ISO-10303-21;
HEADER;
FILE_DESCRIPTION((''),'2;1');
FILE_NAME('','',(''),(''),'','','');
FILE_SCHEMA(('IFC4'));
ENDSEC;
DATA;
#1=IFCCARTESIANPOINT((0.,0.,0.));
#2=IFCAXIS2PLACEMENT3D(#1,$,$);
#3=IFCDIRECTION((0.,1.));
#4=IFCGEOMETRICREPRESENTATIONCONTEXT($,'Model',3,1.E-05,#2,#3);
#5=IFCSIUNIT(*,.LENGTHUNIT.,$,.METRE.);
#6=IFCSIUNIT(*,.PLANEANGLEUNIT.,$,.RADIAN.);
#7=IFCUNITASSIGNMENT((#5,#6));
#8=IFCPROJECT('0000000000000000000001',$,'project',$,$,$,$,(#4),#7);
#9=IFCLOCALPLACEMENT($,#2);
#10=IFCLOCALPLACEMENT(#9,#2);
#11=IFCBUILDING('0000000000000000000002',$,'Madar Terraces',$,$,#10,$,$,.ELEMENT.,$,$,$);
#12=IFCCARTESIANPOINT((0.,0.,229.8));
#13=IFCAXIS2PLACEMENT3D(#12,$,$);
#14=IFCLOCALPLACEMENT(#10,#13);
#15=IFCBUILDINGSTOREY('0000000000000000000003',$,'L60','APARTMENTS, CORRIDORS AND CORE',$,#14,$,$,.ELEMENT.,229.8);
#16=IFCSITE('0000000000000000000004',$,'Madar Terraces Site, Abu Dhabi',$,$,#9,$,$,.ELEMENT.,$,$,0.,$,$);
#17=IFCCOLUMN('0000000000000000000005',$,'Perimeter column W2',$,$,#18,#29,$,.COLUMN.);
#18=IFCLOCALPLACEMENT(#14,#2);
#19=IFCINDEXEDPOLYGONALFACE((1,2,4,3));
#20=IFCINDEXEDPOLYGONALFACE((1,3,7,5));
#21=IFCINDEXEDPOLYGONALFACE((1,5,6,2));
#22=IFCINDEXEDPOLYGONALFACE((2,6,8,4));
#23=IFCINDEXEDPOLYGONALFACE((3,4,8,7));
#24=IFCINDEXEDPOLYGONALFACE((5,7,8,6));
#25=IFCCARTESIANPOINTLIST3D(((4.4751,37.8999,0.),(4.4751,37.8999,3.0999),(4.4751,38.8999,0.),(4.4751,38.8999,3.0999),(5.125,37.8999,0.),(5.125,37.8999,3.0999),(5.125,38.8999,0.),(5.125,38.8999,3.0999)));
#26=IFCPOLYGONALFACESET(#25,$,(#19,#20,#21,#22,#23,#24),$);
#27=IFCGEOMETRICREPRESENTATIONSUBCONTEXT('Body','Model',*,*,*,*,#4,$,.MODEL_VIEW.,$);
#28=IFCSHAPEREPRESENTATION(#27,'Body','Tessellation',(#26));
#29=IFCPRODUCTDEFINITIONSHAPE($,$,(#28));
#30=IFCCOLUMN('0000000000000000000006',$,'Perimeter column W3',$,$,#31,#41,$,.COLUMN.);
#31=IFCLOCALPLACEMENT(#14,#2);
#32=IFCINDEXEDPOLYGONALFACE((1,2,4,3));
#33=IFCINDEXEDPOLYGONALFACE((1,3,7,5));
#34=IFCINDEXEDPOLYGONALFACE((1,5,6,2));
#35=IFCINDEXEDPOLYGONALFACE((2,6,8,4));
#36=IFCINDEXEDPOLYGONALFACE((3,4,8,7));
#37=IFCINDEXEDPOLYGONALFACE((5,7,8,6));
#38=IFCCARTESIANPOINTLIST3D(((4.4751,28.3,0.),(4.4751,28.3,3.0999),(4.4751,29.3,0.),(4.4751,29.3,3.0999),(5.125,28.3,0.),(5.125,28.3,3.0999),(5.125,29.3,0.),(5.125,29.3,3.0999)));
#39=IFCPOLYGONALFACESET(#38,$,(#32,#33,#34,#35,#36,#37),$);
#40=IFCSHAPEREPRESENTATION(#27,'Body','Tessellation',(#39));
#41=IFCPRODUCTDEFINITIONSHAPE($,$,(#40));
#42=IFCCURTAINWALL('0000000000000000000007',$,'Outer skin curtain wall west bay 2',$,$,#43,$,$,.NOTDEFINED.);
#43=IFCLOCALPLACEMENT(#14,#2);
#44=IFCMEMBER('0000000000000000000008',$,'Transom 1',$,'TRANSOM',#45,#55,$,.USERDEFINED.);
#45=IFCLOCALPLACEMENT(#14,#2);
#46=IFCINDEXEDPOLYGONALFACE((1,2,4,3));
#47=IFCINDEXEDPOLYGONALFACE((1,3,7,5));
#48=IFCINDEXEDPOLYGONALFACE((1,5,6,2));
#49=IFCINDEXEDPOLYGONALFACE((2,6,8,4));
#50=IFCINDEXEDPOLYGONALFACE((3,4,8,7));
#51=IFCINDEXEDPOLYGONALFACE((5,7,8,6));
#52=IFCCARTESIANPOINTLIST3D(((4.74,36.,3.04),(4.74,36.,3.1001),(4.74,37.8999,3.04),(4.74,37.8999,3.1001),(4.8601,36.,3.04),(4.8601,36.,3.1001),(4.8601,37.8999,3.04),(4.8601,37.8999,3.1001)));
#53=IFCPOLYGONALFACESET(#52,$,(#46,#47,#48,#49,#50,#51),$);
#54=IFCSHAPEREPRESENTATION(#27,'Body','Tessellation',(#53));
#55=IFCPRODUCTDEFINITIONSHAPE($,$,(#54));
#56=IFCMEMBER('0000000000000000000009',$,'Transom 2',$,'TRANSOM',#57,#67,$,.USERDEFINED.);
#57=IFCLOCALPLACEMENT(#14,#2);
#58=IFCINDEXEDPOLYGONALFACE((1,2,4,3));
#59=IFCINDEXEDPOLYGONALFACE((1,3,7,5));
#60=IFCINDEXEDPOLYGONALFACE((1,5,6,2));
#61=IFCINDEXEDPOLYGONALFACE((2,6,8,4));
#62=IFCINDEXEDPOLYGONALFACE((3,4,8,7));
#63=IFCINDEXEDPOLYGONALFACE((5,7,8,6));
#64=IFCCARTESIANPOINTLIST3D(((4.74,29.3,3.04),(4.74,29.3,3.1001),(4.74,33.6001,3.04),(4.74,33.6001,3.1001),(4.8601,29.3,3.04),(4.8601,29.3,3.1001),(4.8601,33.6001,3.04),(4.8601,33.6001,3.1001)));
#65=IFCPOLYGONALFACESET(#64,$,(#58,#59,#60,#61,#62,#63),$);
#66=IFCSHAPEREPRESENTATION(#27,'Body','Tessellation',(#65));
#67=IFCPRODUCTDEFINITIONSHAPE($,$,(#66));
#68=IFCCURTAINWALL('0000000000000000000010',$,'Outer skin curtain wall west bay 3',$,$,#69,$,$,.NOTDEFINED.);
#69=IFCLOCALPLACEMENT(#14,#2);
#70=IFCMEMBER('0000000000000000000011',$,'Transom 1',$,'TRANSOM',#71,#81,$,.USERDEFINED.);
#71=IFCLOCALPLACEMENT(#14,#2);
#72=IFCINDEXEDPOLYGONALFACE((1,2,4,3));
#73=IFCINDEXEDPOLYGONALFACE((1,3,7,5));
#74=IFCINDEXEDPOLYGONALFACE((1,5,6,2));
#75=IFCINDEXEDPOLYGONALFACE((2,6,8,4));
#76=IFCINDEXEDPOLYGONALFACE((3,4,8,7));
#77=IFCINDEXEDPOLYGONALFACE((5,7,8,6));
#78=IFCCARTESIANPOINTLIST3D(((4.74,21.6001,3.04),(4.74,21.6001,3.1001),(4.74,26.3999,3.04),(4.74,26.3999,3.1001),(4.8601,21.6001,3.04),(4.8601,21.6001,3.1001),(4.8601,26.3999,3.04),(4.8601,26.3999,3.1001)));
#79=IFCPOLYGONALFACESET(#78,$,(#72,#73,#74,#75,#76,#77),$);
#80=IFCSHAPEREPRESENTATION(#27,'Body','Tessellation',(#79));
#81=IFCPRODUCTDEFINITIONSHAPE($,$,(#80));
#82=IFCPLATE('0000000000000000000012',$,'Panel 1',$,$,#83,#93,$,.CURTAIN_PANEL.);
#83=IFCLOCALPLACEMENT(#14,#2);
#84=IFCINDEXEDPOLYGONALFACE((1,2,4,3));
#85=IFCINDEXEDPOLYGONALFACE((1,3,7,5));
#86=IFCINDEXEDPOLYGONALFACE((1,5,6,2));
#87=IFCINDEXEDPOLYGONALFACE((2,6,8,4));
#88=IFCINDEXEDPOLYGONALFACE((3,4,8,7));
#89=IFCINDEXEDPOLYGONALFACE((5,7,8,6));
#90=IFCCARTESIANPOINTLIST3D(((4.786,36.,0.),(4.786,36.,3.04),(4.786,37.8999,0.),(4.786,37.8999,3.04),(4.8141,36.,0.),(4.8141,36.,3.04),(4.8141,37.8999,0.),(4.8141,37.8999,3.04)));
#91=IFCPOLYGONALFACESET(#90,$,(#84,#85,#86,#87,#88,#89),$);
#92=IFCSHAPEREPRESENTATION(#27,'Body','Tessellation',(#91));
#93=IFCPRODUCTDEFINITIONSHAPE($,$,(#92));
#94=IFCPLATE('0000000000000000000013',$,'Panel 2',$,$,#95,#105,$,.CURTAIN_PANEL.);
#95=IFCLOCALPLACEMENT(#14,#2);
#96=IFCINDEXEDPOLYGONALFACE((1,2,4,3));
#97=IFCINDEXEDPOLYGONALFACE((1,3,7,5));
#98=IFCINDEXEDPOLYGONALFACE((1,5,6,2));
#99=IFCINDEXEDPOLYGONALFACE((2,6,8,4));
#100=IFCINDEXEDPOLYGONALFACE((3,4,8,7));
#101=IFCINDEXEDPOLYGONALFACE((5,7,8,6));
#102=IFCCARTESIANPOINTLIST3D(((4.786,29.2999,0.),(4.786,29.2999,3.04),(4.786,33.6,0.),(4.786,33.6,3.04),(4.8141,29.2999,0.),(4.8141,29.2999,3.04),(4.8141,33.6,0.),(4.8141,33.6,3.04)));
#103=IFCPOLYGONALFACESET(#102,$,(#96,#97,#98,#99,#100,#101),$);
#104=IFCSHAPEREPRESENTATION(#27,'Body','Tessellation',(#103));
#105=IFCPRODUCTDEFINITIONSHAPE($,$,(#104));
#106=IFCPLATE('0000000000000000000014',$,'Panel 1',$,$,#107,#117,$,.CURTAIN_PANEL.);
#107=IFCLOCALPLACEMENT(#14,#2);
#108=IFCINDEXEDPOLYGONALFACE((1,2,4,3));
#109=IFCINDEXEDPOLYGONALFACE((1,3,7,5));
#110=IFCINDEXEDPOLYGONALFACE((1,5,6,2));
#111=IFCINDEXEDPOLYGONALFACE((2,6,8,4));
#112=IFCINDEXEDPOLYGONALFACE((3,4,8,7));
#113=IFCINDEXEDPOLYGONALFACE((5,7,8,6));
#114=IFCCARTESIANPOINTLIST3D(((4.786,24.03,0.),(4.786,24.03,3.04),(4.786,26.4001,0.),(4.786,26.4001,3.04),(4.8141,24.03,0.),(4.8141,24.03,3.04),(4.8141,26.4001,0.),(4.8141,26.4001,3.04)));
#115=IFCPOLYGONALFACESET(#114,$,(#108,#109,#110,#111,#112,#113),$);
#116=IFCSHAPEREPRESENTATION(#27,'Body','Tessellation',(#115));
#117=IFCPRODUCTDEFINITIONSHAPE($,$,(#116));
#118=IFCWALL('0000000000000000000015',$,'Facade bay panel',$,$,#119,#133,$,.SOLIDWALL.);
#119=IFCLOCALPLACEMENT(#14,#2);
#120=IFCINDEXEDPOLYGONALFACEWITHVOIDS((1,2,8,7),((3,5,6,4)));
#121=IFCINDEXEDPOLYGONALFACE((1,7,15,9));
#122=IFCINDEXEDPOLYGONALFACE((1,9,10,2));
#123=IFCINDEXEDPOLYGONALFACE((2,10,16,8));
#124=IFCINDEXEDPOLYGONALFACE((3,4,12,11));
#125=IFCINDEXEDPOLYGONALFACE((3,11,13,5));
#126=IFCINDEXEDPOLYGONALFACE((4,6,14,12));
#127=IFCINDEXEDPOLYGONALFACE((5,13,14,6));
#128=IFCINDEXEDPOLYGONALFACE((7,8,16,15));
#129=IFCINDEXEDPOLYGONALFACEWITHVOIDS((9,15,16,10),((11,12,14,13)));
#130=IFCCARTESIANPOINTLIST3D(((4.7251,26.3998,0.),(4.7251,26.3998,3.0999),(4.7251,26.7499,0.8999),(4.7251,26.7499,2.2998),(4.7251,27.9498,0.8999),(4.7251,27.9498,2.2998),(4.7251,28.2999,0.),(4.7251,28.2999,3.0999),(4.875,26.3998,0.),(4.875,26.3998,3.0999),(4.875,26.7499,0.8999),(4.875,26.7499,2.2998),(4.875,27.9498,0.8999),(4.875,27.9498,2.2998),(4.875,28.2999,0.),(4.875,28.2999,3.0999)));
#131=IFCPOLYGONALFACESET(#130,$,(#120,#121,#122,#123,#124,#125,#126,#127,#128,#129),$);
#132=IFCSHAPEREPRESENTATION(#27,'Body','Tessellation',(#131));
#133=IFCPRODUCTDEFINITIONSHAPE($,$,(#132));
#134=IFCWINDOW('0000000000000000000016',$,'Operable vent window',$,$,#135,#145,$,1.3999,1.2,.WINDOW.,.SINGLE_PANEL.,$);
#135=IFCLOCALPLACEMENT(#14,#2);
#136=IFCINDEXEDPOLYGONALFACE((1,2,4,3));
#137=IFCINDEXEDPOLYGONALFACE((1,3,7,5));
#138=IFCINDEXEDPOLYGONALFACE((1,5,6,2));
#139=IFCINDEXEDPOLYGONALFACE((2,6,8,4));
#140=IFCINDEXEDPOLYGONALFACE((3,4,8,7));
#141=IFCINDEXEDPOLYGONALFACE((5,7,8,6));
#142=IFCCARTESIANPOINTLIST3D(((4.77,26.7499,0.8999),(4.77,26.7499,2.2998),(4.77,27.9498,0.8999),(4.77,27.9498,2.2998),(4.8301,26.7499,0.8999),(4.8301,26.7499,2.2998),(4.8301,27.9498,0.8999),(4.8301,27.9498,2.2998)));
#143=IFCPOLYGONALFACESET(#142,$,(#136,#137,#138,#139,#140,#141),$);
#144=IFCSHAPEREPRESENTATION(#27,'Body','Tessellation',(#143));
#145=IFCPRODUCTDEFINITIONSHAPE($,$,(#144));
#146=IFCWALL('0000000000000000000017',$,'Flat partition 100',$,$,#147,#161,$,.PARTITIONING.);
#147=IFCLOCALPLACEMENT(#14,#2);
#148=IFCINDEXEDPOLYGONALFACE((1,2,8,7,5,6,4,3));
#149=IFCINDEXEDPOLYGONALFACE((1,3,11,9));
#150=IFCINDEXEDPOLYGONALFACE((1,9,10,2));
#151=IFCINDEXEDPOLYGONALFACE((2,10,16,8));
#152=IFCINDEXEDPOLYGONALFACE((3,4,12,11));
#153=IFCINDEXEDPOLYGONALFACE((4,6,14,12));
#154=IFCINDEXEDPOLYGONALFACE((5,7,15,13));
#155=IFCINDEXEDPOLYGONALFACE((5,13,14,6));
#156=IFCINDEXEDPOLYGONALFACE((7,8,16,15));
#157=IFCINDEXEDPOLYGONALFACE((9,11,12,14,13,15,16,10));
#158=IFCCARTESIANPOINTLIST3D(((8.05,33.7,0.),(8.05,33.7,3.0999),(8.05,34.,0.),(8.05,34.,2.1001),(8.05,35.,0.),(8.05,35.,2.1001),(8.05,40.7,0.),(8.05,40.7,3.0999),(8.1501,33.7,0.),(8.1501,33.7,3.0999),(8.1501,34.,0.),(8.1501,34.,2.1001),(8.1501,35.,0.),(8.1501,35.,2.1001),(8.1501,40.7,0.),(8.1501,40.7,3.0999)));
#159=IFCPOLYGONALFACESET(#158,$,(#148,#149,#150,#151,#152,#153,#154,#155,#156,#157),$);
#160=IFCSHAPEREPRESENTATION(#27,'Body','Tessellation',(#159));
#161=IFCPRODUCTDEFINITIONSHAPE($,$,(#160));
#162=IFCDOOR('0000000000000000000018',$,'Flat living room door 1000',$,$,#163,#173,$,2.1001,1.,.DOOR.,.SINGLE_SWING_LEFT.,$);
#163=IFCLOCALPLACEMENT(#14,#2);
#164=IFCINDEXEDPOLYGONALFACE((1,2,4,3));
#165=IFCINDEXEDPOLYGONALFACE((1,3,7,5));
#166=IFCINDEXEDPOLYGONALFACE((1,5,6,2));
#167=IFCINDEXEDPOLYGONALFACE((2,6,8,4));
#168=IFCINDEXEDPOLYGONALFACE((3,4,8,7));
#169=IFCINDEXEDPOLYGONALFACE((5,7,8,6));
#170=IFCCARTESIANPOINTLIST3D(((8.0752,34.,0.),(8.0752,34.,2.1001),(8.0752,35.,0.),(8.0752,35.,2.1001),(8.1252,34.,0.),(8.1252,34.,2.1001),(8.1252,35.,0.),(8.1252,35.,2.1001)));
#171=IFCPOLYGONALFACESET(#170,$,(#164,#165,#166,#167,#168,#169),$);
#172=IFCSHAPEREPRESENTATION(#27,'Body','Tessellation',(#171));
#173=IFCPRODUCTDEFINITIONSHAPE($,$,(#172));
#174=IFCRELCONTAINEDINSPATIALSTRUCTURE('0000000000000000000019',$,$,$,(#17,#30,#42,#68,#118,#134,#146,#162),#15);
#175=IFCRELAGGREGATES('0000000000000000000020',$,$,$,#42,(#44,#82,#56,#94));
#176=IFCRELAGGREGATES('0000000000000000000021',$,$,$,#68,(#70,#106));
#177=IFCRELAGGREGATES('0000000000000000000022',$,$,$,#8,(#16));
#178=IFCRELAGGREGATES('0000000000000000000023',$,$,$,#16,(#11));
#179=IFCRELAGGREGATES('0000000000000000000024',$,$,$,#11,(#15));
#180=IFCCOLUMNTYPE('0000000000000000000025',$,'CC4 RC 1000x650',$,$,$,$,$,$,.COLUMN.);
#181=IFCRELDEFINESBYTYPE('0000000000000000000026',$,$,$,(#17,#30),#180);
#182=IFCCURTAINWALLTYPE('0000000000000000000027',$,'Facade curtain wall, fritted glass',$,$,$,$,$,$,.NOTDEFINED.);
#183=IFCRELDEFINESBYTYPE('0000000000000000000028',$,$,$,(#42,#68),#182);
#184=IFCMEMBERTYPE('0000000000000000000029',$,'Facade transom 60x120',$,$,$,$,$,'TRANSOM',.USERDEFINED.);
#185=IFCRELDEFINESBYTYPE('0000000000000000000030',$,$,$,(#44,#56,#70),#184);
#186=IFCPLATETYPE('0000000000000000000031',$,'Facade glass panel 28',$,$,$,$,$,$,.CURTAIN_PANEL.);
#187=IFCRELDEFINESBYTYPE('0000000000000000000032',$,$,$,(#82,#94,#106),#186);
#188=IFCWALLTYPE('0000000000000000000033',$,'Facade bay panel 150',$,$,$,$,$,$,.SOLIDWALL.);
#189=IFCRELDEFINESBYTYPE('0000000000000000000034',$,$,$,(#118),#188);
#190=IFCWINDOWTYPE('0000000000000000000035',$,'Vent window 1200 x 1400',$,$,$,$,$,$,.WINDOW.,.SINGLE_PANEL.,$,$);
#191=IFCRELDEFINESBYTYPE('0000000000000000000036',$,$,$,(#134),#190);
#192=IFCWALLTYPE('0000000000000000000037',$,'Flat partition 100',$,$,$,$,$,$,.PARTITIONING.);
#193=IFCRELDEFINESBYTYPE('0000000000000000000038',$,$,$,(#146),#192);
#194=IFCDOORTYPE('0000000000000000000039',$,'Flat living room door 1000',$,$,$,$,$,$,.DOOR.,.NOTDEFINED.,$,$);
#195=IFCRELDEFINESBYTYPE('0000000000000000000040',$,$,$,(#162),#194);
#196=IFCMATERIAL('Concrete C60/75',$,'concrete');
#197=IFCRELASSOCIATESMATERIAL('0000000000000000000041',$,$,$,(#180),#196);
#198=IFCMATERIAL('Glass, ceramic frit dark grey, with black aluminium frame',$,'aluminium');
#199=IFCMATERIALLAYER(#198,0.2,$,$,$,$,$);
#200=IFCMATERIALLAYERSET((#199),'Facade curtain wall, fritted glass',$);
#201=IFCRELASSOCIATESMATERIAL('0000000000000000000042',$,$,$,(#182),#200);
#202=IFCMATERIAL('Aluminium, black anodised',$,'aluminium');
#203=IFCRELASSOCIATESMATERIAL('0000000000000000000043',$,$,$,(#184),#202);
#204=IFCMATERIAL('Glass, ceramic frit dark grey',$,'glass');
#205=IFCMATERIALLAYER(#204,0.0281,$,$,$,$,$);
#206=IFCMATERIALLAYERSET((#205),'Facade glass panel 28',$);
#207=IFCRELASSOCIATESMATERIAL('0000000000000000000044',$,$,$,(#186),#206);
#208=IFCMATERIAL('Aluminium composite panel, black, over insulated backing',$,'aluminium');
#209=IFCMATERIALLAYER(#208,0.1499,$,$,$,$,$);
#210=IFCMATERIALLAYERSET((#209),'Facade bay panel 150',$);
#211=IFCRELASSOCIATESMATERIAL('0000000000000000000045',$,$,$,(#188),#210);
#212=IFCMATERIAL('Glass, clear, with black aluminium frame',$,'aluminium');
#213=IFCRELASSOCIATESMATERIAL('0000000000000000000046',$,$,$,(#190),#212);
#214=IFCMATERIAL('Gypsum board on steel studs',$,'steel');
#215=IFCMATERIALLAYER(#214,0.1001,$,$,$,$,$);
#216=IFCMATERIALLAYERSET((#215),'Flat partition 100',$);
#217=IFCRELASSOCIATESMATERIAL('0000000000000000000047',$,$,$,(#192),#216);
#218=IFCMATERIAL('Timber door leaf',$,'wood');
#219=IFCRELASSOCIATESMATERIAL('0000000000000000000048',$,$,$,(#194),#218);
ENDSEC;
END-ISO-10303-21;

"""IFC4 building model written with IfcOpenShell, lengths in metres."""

from ifc_helpers import new_model, si_unit, direction, frame, frame_2d, origin, origin_2d, place, context, subcontext, project, spatial, rectangle, extrude, material, layer, layer_set, material_profile, profile_set, type_object, element, fill, aggregate, save


model = new_model("IFC4")

# Units and contexts
model_context = context("Model", 3, precision=1e-05, world=origin(), true_north=direction((0.0, 1.0)))
body_context = subcontext(model_context, "Body", "Model", "MODEL_VIEW")
ifc_project = project(units=[si_unit("LENGTHUNIT", "METRE"), si_unit("PLANEANGLEUNIT", "RADIAN")], contexts=[model_context])

# Site, building, storey
site_placement = place(None, origin())
site = spatial("IfcSite", under=ifc_project, at=site_placement, Name="Madar Terraces Site, Abu Dhabi", CompositionType="ELEMENT", RefElevation=0.0)
building_placement = place(site_placement, origin())
building = spatial("IfcBuilding", under=site, at=building_placement, Name="Madar Terraces", CompositionType="ELEMENT")
storey_placement = place(building_placement, frame((0.0, 0.0, 229.8)))
storey = spatial("IfcBuildingStorey", under=building, at=storey_placement, Name="L60", Description="APARTMENTS, CORRIDORS AND CORE", CompositionType="ELEMENT", Elevation=229.8)

# Columns
ifc_material_1 = material(Name="Concrete C60/75", Category="concrete")
ifc_material_profile_1 = material_profile(ifc_material_1, rectangle(XDim=1.0, YDim=0.6499, at=origin_2d()), Name="CC4 RC 1000x650")
ifc_profile_set_1 = profile_set([ifc_material_profile_1], Name="Concrete C60/75")
column_type = type_object("IfcColumnType", Name="CC4 RC 1000x650", PredefinedType="COLUMN", material=ifc_profile_set_1)
for number, where, z_axis, x_axis, name in (
    (1, (4.8, 38.3999, 0.0), (0.0, 0.0, 1.0), (0.0, 1.0, 0.0), "Perimeter column W2"),
    (2, (4.8, 28.8, 0.0), (0.0, 0.0, 1.0), (0.0, 1.0, 0.0), "Perimeter column W3"),
):
    element("IfcColumn", number, at=place(storey_placement, frame(where, z_axis=z_axis, x_axis=x_axis)), inside=storey, type_object=column_type, Name=name, PredefinedType="COLUMN", context=body_context, shape_type="SweptSolid", body=[
        extrude(rectangle(XDim=1.0, YDim=0.6499, at=origin_2d()), origin(), (0.0, 0.0, 1.0), 3.0999),
    ])

# Curtain wall, members
ifc_material_2 = material(Name="Glass, ceramic frit dark grey, with black aluminium frame", Category="aluminium")
ifc_layer_1 = layer(ifc_material_2, 0.2)
ifc_layer_set_1 = layer_set([ifc_layer_1], Name="Facade curtain wall, fritted glass")
curtain_wall_type = type_object("IfcCurtainWallType", Name="Facade curtain wall, fritted glass", PredefinedType="NOTDEFINED", material=ifc_layer_set_1)
curtain_wall_1_placement = place(storey_placement, origin())
curtain_wall_1 = element("IfcCurtainWall", 3, at=curtain_wall_1_placement, inside=storey, type_object=curtain_wall_type, Name="Outer skin curtain wall west bay 2", PredefinedType="NOTDEFINED")
ifc_material_3 = material(Name="Aluminium, black anodised", Category="aluminium")
ifc_material_profile_2 = material_profile(ifc_material_3, rectangle(XDim=0.1201, YDim=0.0601, at=origin_2d()), Name="Facade transom 60x120")
ifc_profile_set_2 = profile_set([ifc_material_profile_2], Name="Aluminium, black anodised")
member_type = type_object("IfcMemberType", Name="Facade transom 60x120", ElementType="TRANSOM", PredefinedType="USERDEFINED", material=ifc_profile_set_2)
member_1_placement = place(storey_placement, frame((4.8, 37.8999, 3.0701), z_axis=(0.0, -1.0, 0.0), x_axis=(1.0, 0.0, 0.0)))
member_1 = element("IfcMember", 4, at=member_1_placement, type_object=member_type, Name="Transom 1", ObjectType="TRANSOM", PredefinedType="USERDEFINED", context=body_context, shape_type="SweptSolid", body=[
    extrude(rectangle(XDim=0.1201, YDim=0.0601, at=origin_2d()), origin(), (0.0, 0.0, 1.0), 1.8999),
])
member_2_placement = place(storey_placement, frame((4.8, 33.6001, 3.0701), z_axis=(0.0, -1.0, 0.0), x_axis=(1.0, 0.0, 0.0)))
member_2 = element("IfcMember", 5, at=member_2_placement, type_object=member_type, Name="Transom 2", ObjectType="TRANSOM", PredefinedType="USERDEFINED", context=body_context, shape_type="SweptSolid", body=[
    extrude(rectangle(XDim=0.1201, YDim=0.0601, at=origin_2d()), origin(), (0.0, 0.0, 1.0), 4.3),
])

# Curtain wall, member
curtain_wall_2_placement = place(storey_placement, origin())
curtain_wall_2 = element("IfcCurtainWall", 6, at=curtain_wall_2_placement, inside=storey, type_object=curtain_wall_type, Name="Outer skin curtain wall west bay 3", PredefinedType="NOTDEFINED")
member_3_placement = place(storey_placement, frame((4.8, 26.3999, 3.0701), z_axis=(0.0, -1.0, 0.0), x_axis=(1.0, 0.0, 0.0)))
member_3 = element("IfcMember", 7, at=member_3_placement, type_object=member_type, Name="Transom 1", ObjectType="TRANSOM", PredefinedType="USERDEFINED", context=body_context, shape_type="SweptSolid", body=[
    extrude(rectangle(XDim=0.1201, YDim=0.0601, at=origin_2d()), origin(), (0.0, 0.0, 1.0), 4.7998),
])

# Plates
ifc_material_4 = material(Name="Glass, ceramic frit dark grey", Category="glass")
ifc_layer_2 = layer(ifc_material_4, 0.0281)
ifc_layer_set_2 = layer_set([ifc_layer_2], Name="Facade glass panel 28")
plate_type = type_object("IfcPlateType", Name="Facade glass panel 28", PredefinedType="CURTAIN_PANEL", material=ifc_layer_set_2)
plate_1_placement = place(storey_placement, frame((4.8, 36.95, 0.0), z_axis=(0.0, 0.0, 1.0), x_axis=(0.0, -1.0, 0.0)))
plate_1 = element("IfcPlate", 8, at=plate_1_placement, type_object=plate_type, Name="Panel 1", PredefinedType="CURTAIN_PANEL", context=body_context, shape_type="SweptSolid", body=[
    extrude(rectangle(XDim=1.8999, YDim=0.0281, at=origin_2d()), origin(), (0.0, 0.0, 1.0), 3.04),
])
plate_2_placement = place(storey_placement, frame((4.8, 31.45, 0.0), z_axis=(0.0, 0.0, 1.0), x_axis=(0.0, -1.0, 0.0)))
plate_2 = element("IfcPlate", 9, at=plate_2_placement, type_object=plate_type, Name="Panel 2", PredefinedType="CURTAIN_PANEL", context=body_context, shape_type="SweptSolid", body=[
    extrude(rectangle(XDim=4.3, YDim=0.0281, at=origin_2d()), origin(), (0.0, 0.0, 1.0), 3.04),
])
aggregate(curtain_wall_1, [member_1, plate_1, member_2, plate_2])
plate_3_placement = place(storey_placement, frame((4.8, 25.2151, 0.0), z_axis=(0.0, 0.0, 1.0), x_axis=(0.0, -1.0, 0.0)))
plate_3 = element("IfcPlate", 10, at=plate_3_placement, type_object=plate_type, Name="Panel 1", PredefinedType="CURTAIN_PANEL", context=body_context, shape_type="SweptSolid", body=[
    extrude(rectangle(XDim=2.3701, YDim=0.0281, at=origin_2d()), origin(), (0.0, 0.0, 1.0), 3.04),
])
aggregate(curtain_wall_2, [member_3, plate_3])

# Shared definitions
ifc_material_5 = material(Name="Aluminium composite panel, black, over insulated backing", Category="aluminium")
ifc_layer_3 = layer(ifc_material_5, 0.1499)
ifc_layer_set_3 = layer_set([ifc_layer_3], Name="Facade bay panel 150")
wall_type_1 = type_object("IfcWallType", Name="Facade bay panel 150", PredefinedType="SOLIDWALL", material=ifc_layer_set_3)

# Wall, opening, window
wall_1_placement = place(storey_placement, frame((4.8, 28.3, 0.0), z_axis=(0.0, 0.0, 1.0), x_axis=(0.0, -1.0, 0.0)))
wall_1 = element("IfcWall", 11, at=wall_1_placement, inside=storey, type_object=wall_type_1, Name="Facade bay panel", PredefinedType="SOLIDWALL", context=body_context, shape_type="SweptSolid", body=[
    extrude(rectangle(XDim=1.9001, YDim=0.1499, at=frame_2d((0.9502, 0.0))), origin(), (0.0, 0.0, 1.0), 3.0999),
])
opening_1_placement = place(wall_1_placement, frame((0.3501, 0.0, 0.8999)))
opening_1 = element("IfcOpeningElement", 12, at=opening_1_placement, cuts=wall_1, PredefinedType="OPENING", context=body_context, shape_type="SweptSolid", body=[
    extrude(rectangle(XDim=1.2, YDim=1.3999, at=frame_2d((0.6001, 0.7))), frame((0.0, 0.085, 0.0), z_axis=(0.0, -1.0, 0.0), x_axis=(1.0, 0.0, 0.0)), (0.0, 0.0, 1.0), 0.1699),
])
ifc_material_6 = material(Name="Glass, clear, with black aluminium frame", Category="aluminium")
window_type = type_object("IfcWindowType", Name="Vent window 1200 x 1400", PartitioningType="SINGLE_PANEL", PredefinedType="WINDOW", material=ifc_material_6)
window_placement = place(opening_1_placement, origin())
window = element("IfcWindow", 13, at=window_placement, inside=storey, type_object=window_type, Name="Operable vent window", OverallHeight=1.3999, OverallWidth=1.2, PartitioningType="SINGLE_PANEL", PredefinedType="WINDOW", context=body_context, shape_type="SweptSolid", body=[
    extrude(rectangle(XDim=1.2, YDim=1.3999, at=frame_2d((0.6001, 0.7))), frame((0.0, 0.03, 0.0), z_axis=(0.0, -1.0, 0.0), x_axis=(1.0, 0.0, 0.0)), (0.0, 0.0, 1.0), 0.0601),
])
fill(opening_1, window)

# Wall, opening, door
ifc_material_7 = material(Name="Gypsum board on steel studs", Category="steel")
ifc_layer_4 = layer(ifc_material_7, 0.1001)
ifc_layer_set_4 = layer_set([ifc_layer_4], Name="Flat partition 100")
wall_type_2 = type_object("IfcWallType", Name="Flat partition 100", PredefinedType="PARTITIONING", material=ifc_layer_set_4)
wall_2_placement = place(storey_placement, frame((8.1001, 33.7, 0.0), z_axis=(0.0, 0.0, 1.0), x_axis=(0.0, 1.0, 0.0)))
wall_2 = element("IfcWall", 14, at=wall_2_placement, inside=storey, type_object=wall_type_2, Name="Flat partition 100", PredefinedType="PARTITIONING", context=body_context, shape_type="SweptSolid", body=[
    extrude(rectangle(XDim=7.0, YDim=0.1001, at=frame_2d((3.5, 0.0))), origin(), (0.0, 0.0, 1.0), 3.0999),
])
opening_2_placement = place(wall_2_placement, frame((0.3, 0.0, 0.0)))
opening_2 = element("IfcOpeningElement", 15, at=opening_2_placement, cuts=wall_2, PredefinedType="OPENING", context=body_context, shape_type="SweptSolid", body=[
    extrude(rectangle(XDim=1.0, YDim=2.1001, at=frame_2d((0.5, 1.05))), frame((0.0, 0.0601, 0.0), z_axis=(0.0, -1.0, 0.0), x_axis=(1.0, 0.0, 0.0)), (0.0, 0.0, 1.0), 0.1201),
])
ifc_material_8 = material(Name="Timber door leaf", Category="wood")
door_type_1 = type_object("IfcDoorType", Name="Flat living room door 1000", OperationType="NOTDEFINED", PredefinedType="DOOR", material=ifc_material_8)
door_1_placement = place(opening_2_placement, origin())
door_1 = element("IfcDoor", 16, at=door_1_placement, inside=storey, type_object=door_type_1, Name="Flat living room door 1000", OperationType="SINGLE_SWING_LEFT", OverallHeight=2.1001, OverallWidth=1.0, PredefinedType="DOOR", context=body_context, shape_type="SweptSolid", body=[
    extrude(rectangle(XDim=1.0, YDim=2.1001, at=frame_2d((0.5, 1.05))), frame((0.0, 0.0249, 0.0), z_axis=(0.0, -1.0, 0.0), x_axis=(1.0, 0.0, 0.0)), (0.0, 0.0, 1.0), 0.05),
])
fill(opening_2, door_1)

save(model, "model.ifc")
